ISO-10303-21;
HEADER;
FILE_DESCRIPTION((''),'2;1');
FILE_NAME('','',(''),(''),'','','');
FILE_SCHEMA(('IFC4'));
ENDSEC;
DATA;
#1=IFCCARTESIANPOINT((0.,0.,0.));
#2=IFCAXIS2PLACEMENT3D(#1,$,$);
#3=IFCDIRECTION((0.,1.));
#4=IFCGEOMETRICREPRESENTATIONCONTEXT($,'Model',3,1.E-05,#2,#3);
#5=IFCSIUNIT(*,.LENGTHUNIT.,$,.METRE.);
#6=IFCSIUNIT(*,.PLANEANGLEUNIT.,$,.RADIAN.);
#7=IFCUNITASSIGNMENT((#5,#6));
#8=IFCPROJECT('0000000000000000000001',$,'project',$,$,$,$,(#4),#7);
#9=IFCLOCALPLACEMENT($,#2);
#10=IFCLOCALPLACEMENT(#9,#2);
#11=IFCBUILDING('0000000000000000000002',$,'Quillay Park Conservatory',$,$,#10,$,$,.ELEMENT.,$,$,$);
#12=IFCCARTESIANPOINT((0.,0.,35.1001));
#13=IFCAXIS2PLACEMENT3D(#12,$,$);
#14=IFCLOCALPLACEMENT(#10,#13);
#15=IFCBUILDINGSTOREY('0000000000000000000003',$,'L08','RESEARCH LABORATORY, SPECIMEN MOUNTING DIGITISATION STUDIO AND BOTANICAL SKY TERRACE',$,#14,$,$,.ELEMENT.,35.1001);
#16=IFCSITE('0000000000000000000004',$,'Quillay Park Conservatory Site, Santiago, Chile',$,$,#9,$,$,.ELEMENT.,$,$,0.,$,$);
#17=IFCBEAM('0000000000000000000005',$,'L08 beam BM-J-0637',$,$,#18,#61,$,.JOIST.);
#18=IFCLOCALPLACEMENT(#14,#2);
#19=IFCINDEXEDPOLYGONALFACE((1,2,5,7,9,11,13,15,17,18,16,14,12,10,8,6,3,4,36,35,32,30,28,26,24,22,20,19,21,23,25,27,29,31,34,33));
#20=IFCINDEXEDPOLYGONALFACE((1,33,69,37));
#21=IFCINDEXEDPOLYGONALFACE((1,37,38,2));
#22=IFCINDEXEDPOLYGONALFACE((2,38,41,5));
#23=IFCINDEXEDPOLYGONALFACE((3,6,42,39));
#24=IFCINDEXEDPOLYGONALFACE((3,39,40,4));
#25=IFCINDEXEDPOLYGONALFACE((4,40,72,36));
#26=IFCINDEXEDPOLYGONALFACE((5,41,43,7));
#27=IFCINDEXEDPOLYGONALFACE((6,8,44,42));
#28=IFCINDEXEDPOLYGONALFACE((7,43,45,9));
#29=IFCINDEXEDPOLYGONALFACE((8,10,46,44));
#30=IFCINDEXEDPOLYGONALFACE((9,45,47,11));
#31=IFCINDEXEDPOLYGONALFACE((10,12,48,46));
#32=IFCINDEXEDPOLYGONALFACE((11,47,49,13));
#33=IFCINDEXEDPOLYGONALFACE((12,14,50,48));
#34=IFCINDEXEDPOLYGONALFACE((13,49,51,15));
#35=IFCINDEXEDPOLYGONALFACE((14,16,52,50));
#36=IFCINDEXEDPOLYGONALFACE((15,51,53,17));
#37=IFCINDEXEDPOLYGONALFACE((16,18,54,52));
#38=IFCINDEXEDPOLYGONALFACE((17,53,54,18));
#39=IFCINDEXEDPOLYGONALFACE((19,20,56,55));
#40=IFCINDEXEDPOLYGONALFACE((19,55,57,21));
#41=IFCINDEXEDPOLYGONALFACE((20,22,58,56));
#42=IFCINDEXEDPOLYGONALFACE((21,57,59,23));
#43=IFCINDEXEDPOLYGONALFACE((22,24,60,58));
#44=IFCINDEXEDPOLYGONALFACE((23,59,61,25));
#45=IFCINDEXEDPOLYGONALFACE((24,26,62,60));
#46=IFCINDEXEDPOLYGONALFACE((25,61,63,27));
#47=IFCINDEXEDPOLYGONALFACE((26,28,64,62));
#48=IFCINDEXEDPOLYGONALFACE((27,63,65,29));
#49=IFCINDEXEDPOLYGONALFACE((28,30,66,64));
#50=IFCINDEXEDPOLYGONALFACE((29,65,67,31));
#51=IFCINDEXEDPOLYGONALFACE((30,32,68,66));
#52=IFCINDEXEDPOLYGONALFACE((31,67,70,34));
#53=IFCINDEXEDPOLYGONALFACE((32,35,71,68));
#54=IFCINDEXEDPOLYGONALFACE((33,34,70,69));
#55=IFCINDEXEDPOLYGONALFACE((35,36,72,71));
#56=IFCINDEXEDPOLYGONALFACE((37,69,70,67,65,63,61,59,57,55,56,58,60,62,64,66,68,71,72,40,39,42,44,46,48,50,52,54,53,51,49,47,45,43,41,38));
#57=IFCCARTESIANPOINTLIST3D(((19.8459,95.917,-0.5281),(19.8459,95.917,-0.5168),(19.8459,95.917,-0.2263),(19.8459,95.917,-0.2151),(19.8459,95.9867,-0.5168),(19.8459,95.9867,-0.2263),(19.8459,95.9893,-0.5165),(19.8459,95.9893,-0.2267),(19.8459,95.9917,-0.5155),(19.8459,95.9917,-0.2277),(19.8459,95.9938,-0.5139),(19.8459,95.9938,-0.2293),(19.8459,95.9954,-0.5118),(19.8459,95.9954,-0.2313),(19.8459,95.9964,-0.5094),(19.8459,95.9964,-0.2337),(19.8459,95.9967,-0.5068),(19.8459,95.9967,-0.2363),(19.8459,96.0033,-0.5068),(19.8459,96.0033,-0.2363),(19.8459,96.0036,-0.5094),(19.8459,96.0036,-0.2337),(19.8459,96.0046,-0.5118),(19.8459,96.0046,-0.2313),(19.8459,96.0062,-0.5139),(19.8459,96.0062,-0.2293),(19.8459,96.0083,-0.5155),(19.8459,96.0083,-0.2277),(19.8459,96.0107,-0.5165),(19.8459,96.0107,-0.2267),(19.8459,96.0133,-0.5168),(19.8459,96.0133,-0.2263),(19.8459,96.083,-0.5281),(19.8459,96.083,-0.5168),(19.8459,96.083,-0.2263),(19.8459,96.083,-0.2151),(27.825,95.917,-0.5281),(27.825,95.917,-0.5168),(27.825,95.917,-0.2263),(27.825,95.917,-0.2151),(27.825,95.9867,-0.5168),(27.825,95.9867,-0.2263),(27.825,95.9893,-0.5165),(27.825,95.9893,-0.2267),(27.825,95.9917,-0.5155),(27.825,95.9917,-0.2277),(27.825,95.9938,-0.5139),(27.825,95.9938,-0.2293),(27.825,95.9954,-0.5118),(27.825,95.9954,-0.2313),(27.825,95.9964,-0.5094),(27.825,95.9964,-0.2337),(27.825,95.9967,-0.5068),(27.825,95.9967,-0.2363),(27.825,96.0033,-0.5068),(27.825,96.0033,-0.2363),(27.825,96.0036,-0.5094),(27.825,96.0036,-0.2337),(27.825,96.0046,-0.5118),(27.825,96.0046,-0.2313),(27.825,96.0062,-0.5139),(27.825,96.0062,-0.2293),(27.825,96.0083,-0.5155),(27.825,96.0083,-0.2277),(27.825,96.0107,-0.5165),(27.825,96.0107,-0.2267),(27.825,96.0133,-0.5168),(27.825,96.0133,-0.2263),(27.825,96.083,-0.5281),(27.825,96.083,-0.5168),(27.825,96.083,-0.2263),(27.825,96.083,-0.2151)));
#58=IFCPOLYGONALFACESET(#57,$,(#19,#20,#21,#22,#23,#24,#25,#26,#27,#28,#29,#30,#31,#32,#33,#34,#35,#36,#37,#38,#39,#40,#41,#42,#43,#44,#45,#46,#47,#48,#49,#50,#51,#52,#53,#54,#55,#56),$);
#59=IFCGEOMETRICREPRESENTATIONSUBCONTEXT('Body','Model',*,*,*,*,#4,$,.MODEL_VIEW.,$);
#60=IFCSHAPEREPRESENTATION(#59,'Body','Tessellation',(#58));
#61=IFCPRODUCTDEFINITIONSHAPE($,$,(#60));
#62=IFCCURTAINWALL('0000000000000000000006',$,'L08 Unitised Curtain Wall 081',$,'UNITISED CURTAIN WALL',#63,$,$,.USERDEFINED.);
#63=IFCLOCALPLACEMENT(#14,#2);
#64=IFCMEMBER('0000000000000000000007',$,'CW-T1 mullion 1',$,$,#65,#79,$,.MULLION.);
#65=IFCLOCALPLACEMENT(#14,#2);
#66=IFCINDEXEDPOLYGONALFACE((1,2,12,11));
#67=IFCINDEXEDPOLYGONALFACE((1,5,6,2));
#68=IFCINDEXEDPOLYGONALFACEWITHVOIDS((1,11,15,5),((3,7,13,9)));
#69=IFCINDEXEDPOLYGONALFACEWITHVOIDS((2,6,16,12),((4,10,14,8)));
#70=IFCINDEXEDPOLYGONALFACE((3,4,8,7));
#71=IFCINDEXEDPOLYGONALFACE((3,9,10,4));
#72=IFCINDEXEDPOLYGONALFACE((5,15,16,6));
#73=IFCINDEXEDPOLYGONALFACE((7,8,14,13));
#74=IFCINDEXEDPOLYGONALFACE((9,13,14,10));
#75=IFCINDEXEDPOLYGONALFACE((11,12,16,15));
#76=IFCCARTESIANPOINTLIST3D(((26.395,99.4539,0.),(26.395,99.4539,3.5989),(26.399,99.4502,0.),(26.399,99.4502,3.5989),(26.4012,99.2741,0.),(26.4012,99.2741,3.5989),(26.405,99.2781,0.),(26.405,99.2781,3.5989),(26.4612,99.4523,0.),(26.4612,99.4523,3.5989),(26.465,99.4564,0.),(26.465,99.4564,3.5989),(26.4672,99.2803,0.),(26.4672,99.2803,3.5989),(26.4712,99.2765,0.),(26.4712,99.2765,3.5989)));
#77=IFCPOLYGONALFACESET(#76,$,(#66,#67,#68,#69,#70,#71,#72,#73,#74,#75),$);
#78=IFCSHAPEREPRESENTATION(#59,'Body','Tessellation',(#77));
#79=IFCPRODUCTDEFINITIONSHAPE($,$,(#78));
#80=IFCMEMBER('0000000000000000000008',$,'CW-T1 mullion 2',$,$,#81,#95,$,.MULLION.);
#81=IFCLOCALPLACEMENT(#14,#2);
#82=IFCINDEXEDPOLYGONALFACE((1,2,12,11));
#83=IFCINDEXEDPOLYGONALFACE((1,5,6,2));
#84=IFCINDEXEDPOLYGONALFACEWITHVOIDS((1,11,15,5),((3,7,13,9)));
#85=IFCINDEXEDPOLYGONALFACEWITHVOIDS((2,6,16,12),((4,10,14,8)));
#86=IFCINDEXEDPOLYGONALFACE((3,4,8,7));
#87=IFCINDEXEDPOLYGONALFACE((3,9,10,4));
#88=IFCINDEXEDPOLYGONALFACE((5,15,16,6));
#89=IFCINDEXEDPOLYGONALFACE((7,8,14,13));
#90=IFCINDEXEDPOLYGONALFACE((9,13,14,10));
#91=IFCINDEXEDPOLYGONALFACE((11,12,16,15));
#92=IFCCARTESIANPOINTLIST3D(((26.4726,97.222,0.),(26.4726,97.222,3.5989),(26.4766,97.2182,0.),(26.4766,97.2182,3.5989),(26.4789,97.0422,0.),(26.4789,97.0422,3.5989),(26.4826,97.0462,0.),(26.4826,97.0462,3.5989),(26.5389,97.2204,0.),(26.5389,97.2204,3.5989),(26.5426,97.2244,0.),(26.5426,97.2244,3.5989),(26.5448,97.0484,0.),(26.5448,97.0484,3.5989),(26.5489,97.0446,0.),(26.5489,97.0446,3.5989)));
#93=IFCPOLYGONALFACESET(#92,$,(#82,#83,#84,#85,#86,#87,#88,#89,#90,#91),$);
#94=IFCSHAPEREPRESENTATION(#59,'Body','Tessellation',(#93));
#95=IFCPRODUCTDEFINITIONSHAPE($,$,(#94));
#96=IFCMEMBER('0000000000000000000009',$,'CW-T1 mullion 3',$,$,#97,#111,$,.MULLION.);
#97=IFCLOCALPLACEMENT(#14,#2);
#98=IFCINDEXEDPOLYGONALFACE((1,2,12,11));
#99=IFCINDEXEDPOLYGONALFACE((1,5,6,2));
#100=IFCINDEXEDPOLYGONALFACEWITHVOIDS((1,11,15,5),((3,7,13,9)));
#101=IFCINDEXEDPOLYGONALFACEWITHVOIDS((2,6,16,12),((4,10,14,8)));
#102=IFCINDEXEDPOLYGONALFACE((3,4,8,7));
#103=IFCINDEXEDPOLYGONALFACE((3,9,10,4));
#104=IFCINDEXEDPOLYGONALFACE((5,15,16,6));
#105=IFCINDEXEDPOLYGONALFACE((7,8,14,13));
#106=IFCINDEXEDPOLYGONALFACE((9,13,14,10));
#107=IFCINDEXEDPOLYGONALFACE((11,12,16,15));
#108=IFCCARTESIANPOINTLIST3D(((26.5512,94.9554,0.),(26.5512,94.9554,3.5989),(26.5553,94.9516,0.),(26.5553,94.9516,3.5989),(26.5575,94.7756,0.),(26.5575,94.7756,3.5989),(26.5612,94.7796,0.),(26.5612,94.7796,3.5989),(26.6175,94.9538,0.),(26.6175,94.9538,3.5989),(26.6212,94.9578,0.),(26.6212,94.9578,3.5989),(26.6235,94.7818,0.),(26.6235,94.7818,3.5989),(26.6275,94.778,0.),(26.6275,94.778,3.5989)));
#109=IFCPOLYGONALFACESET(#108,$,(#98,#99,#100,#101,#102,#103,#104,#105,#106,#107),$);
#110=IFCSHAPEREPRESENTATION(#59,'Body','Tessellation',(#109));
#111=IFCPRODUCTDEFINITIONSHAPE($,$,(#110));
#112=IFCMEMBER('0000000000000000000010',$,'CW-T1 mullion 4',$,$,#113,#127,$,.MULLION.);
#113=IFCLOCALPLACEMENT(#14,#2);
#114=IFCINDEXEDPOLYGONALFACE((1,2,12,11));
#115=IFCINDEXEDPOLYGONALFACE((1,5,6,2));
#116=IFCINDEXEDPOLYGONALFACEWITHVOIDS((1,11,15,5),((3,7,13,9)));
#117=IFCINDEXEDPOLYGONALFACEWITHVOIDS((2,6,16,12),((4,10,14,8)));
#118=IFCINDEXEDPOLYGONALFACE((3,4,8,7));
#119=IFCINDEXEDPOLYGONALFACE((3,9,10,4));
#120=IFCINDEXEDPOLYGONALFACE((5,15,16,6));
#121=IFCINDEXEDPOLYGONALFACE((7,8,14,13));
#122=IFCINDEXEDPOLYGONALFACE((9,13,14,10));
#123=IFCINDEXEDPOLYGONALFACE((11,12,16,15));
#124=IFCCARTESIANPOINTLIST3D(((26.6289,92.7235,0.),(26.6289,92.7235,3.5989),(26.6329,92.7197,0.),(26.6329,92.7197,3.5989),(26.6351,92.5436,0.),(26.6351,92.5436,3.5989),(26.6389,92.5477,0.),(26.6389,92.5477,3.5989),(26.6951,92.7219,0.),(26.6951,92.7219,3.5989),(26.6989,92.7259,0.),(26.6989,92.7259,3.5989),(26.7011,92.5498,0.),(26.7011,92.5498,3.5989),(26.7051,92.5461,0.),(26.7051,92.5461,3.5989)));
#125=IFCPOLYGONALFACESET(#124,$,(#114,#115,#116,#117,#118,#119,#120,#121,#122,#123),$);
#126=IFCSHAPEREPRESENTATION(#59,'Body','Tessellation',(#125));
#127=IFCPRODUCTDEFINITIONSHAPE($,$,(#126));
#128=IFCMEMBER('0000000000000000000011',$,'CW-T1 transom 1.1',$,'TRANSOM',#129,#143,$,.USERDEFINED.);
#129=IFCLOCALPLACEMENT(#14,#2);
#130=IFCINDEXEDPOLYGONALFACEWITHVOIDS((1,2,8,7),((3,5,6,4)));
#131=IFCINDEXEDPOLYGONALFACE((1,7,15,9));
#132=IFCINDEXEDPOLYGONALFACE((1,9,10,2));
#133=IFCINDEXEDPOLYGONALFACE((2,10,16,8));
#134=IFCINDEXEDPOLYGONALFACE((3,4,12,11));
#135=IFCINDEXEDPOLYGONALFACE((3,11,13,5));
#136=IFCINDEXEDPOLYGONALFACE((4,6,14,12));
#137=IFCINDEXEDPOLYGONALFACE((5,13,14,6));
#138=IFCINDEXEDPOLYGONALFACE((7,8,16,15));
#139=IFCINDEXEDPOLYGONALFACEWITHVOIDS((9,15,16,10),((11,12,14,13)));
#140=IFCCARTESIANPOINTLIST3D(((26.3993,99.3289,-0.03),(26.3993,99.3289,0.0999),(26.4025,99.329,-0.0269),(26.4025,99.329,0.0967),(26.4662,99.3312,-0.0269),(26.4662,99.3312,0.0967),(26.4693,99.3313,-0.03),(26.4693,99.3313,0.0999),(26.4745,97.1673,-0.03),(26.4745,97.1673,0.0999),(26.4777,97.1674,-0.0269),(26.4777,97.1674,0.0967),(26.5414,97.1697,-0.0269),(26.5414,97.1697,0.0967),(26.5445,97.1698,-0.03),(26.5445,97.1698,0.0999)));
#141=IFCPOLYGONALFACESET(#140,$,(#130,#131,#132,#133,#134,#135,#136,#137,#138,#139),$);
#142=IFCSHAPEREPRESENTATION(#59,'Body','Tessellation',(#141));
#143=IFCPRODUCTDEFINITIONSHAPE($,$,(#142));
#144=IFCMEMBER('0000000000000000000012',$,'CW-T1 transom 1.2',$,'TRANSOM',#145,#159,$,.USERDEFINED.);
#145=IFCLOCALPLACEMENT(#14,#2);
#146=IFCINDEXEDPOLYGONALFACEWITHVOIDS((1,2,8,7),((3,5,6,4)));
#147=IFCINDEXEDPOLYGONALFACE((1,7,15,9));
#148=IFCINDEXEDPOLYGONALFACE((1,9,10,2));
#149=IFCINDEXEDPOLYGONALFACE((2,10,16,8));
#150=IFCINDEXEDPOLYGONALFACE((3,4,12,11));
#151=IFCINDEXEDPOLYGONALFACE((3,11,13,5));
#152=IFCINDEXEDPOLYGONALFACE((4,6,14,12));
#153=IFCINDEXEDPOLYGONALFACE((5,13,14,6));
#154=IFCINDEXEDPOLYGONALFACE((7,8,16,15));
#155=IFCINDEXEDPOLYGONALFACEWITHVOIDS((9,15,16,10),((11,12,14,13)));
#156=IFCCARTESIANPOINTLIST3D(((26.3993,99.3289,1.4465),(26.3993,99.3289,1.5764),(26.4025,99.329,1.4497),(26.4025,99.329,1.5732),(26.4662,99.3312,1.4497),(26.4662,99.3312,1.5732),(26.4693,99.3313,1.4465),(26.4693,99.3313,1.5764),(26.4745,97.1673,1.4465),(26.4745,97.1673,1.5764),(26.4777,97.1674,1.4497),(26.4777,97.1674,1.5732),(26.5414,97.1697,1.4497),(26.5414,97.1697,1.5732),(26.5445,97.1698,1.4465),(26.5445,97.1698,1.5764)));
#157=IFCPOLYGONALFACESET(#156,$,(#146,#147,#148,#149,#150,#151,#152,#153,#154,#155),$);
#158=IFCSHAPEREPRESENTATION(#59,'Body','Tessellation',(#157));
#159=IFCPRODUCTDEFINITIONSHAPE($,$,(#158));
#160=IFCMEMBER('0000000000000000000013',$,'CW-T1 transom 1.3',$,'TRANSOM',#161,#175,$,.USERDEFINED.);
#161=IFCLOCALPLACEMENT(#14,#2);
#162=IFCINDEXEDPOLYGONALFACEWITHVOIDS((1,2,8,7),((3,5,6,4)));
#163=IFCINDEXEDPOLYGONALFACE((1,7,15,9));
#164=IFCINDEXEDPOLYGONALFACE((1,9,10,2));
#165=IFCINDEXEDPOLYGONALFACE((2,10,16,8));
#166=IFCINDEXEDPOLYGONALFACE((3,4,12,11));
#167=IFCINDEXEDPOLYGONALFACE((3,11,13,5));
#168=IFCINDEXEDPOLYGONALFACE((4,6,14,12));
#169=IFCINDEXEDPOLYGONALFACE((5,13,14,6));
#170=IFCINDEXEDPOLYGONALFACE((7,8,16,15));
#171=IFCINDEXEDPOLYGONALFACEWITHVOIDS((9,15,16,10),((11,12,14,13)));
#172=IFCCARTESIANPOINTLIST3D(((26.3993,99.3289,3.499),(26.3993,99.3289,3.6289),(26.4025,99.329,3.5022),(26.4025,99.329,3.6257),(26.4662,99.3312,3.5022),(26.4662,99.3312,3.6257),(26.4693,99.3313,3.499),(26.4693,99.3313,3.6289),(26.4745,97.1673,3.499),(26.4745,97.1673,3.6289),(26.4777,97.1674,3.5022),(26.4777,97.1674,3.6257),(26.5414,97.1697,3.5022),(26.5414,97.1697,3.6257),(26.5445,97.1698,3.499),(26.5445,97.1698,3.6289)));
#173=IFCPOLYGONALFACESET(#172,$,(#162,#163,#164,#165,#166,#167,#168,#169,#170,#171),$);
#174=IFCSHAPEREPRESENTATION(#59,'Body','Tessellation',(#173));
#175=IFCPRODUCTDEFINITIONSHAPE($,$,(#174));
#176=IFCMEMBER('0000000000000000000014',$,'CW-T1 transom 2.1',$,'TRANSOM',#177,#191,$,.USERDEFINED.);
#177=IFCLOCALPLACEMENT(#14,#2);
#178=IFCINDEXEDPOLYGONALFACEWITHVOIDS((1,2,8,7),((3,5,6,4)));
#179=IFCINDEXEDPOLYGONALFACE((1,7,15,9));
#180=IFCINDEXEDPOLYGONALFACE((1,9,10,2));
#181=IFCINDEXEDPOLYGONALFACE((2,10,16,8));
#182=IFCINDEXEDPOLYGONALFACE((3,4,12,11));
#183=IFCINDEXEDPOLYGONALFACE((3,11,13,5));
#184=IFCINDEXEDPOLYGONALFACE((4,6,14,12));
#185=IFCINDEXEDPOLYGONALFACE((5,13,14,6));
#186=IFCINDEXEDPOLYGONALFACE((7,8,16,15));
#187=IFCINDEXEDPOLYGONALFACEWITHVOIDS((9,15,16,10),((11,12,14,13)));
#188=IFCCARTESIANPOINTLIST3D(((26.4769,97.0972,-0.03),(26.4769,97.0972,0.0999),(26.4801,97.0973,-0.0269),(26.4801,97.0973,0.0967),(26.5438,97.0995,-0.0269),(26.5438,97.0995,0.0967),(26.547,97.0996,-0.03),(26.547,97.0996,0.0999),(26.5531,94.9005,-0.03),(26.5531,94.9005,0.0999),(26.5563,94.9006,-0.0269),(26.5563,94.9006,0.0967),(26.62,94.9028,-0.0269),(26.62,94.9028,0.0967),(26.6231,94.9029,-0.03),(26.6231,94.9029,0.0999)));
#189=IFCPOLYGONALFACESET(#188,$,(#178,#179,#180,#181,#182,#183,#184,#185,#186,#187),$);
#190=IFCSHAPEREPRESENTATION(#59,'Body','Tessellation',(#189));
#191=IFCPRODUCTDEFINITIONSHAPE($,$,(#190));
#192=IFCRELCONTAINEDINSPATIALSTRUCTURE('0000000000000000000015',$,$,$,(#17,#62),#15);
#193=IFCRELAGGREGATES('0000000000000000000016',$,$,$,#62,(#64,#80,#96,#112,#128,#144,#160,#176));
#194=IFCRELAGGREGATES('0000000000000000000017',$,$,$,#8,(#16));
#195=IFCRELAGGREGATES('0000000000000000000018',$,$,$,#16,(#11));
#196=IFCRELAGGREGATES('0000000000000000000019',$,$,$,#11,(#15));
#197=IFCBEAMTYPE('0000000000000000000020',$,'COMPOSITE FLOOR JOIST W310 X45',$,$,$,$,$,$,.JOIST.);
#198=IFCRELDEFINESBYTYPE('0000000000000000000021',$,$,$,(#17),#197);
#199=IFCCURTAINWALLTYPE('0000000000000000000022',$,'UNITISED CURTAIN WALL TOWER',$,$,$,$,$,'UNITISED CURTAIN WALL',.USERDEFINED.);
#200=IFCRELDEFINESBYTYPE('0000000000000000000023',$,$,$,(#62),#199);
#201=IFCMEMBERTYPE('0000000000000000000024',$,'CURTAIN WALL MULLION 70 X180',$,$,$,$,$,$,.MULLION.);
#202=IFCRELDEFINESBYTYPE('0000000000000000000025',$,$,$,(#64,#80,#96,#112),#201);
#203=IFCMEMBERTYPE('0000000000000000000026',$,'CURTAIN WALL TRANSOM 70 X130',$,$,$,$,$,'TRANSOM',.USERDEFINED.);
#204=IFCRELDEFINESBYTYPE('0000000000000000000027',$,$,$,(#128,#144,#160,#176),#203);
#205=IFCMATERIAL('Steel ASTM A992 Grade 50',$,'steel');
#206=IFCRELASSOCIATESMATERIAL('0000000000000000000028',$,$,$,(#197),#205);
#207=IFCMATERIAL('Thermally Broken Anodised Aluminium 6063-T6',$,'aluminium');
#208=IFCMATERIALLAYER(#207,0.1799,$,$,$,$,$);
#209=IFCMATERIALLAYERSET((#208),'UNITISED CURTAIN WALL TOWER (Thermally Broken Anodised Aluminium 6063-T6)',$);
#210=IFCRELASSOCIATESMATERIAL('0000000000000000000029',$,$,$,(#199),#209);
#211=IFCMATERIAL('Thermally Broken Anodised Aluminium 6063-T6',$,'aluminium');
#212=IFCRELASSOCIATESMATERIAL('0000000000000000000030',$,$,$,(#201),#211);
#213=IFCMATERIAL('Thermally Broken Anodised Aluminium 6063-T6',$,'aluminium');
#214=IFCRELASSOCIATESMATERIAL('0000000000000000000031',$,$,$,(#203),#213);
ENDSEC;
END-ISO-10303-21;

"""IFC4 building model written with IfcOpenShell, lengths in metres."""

from ifc_helpers import new_model, si_unit, direction, frame, origin, origin_2d, place, context, subcontext, project, spatial, hollow_rectangle, i_section, extrude, material, layer, layer_set, material_profile, profile_set, type_object, element, aggregate, save


model = new_model("IFC4")

# Units and contexts
model_context = context("Model", 3, precision=1e-05, world=origin(), true_north=direction((0.0, 1.0)))
body_context = subcontext(model_context, "Body", "Model", "MODEL_VIEW")
ifc_project = project(units=[si_unit("LENGTHUNIT", "METRE"), si_unit("PLANEANGLEUNIT", "RADIAN")], contexts=[model_context])

# Site, building, storey
site_placement = place(None, origin())
site = spatial("IfcSite", under=ifc_project, at=site_placement, Name="Quillay Park Conservatory Site, Santiago, Chile", CompositionType="ELEMENT", RefElevation=0.0)
building_placement = place(site_placement, origin())
building = spatial("IfcBuilding", under=site, at=building_placement, Name="Quillay Park Conservatory", CompositionType="ELEMENT")
storey_placement = place(building_placement, frame((0.0, 0.0, 35.1001)))
storey = spatial("IfcBuildingStorey", under=building, at=storey_placement, Name="L08", Description="RESEARCH LABORATORY, SPECIMEN MOUNTING DIGITISATION STUDIO AND BOTANICAL SKY TERRACE", CompositionType="ELEMENT", Elevation=35.1001)

# Beam
ifc_material_1 = material(Name="Steel ASTM A992 Grade 50", Category="steel")
ifc_material_profile_1 = material_profile(ifc_material_1, i_section(OverallWidth=0.166, OverallDepth=0.313, WebThickness=0.0066, FlangeThickness=0.0112, FilletRadius=0.01, at=origin_2d()), Name="W310x45")
ifc_profile_set_1 = profile_set([ifc_material_profile_1], Name="Steel ASTM A992 Grade 50")
beam_type_1 = type_object("IfcBeamType", Name="COMPOSITE FLOOR JOIST W310 X45", PredefinedType="JOIST", material=ifc_profile_set_1)
beam_1_placement = place(storey_placement, frame((19.8459, 96.0, -0.3716), z_axis=(1.0, 0.0, 0.0), x_axis=(0.0, 1.0, 0.0)))
element("IfcBeam", 1, at=beam_1_placement, inside=storey, type_object=beam_type_1, Name="L08 beam BM-J-0637", PredefinedType="JOIST", context=body_context, shape_type="SweptSolid", body=[
    extrude(i_section(OverallWidth=0.166, OverallDepth=0.313, WebThickness=0.0066, FlangeThickness=0.0112, FilletRadius=0.01, at=origin_2d()), origin(), (0.0, 0.0, 1.0), 7.979),
])

# Curtain wall, members
ifc_material_2 = material(Name="Thermally Broken Anodised Aluminium 6063-T6", Category="aluminium")
ifc_layer_1 = layer(ifc_material_2, 0.1799)
ifc_layer_set_1 = layer_set([ifc_layer_1], Name="UNITISED CURTAIN WALL TOWER (Thermally Broken Anodised Aluminium 6063-T6)")
curtain_wall_type = type_object("IfcCurtainWallType", Name="UNITISED CURTAIN WALL TOWER", ElementType="UNITISED CURTAIN WALL", PredefinedType="USERDEFINED", material=ifc_layer_set_1)
curtain_wall_placement = place(storey_placement, origin())
curtain_wall = element("IfcCurtainWall", 2, at=curtain_wall_placement, inside=storey, type_object=curtain_wall_type, Name="L08 Unitised Curtain Wall 081", ObjectType="UNITISED CURTAIN WALL", PredefinedType="USERDEFINED")
ifc_material_3 = material(Name="Thermally Broken Anodised Aluminium 6063-T6", Category="aluminium")
ifc_material_profile_2 = material_profile(ifc_material_3, hollow_rectangle(XDim=0.0701, YDim=0.1799, WallThickness=0.0039, at=origin_2d()), Name="AL70x180x4")
ifc_profile_set_2 = profile_set([ifc_material_profile_2], Name="Thermally Broken Anodised Aluminium 6063-T6")
member_type_1 = type_object("IfcMemberType", Name="CURTAIN WALL MULLION 70 X180", PredefinedType="MULLION", material=ifc_profile_set_2)
member_1_placement = place(storey_placement, frame((26.4331, 99.3652, 0.0), z_axis=(0.0, 0.0, 1.0), x_axis=(0.999397, 0.034713, 0.0)))
member_1 = element("IfcMember", 3, at=member_1_placement, type_object=member_type_1, Name="CW-T1 mullion 1", PredefinedType="MULLION", context=body_context, shape_type="SweptSolid", body=[
    extrude(hollow_rectangle(XDim=0.0701, YDim=0.1799, WallThickness=0.0039, at=origin_2d()), origin(), (0.0, 0.0, 1.0), 3.5989),
])
member_2_placement = place(storey_placement, frame((26.5107, 97.1333, 0.0), z_axis=(0.0, 0.0, 1.0), x_axis=(0.999397, 0.034713, 0.0)))
member_2 = element("IfcMember", 4, at=member_2_placement, type_object=member_type_1, Name="CW-T1 mullion 2", PredefinedType="MULLION", context=body_context, shape_type="SweptSolid", body=[
    extrude(hollow_rectangle(XDim=0.0701, YDim=0.1799, WallThickness=0.0039, at=origin_2d()), origin(), (0.0, 0.0, 1.0), 3.5989),
])
member_3_placement = place(storey_placement, frame((26.5894, 94.8667, 0.0), z_axis=(0.0, 0.0, 1.0), x_axis=(0.999397, 0.034713, 0.0)))
member_3 = element("IfcMember", 5, at=member_3_placement, type_object=member_type_1, Name="CW-T1 mullion 3", PredefinedType="MULLION", context=body_context, shape_type="SweptSolid", body=[
    extrude(hollow_rectangle(XDim=0.0701, YDim=0.1799, WallThickness=0.0039, at=origin_2d()), origin(), (0.0, 0.0, 1.0), 3.5989),
])
member_4_placement = place(storey_placement, frame((26.667, 92.6348, 0.0), z_axis=(0.0, 0.0, 1.0), x_axis=(0.999397, 0.034713, 0.0)))
member_4 = element("IfcMember", 6, at=member_4_placement, type_object=member_type_1, Name="CW-T1 mullion 4", PredefinedType="MULLION", context=body_context, shape_type="SweptSolid", body=[
    extrude(hollow_rectangle(XDim=0.0701, YDim=0.1799, WallThickness=0.0039, at=origin_2d()), origin(), (0.0, 0.0, 1.0), 3.5989),
])
ifc_material_4 = material(Name="Thermally Broken Anodised Aluminium 6063-T6", Category="aluminium")
ifc_material_profile_3 = material_profile(ifc_material_4, hollow_rectangle(XDim=0.0701, YDim=0.1299, WallThickness=0.0032, at=origin_2d()), Name="AL70x130x3.2")
ifc_profile_set_3 = profile_set([ifc_material_profile_3], Name="Thermally Broken Anodised Aluminium 6063-T6")
member_type_2 = type_object("IfcMemberType", Name="CURTAIN WALL TRANSOM 70 X130", ElementType="TRANSOM", PredefinedType="USERDEFINED", material=ifc_profile_set_3)
member_5_placement = place(storey_placement, frame((26.4343, 99.3301, 0.0349), z_axis=(0.034766, -0.999395, 0.0), x_axis=(0.999395, 0.034766, 0.0)))
member_5 = element("IfcMember", 7, at=member_5_placement, type_object=member_type_2, Name="CW-T1 transom 1.1", ObjectType="TRANSOM", PredefinedType="USERDEFINED", context=body_context, shape_type="SweptSolid", body=[
    extrude(hollow_rectangle(XDim=0.0701, YDim=0.1299, WallThickness=0.0032, at=origin_2d()), origin(), (0.0, 0.0, 1.0), 2.1628),
])
member_6_placement = place(storey_placement, frame((26.4343, 99.3301, 1.5115), z_axis=(0.034766, -0.999395, 0.0), x_axis=(0.999395, 0.034766, 0.0)))
member_6 = element("IfcMember", 8, at=member_6_placement, type_object=member_type_2, Name="CW-T1 transom 1.2", ObjectType="TRANSOM", PredefinedType="USERDEFINED", context=body_context, shape_type="SweptSolid", body=[
    extrude(hollow_rectangle(XDim=0.0701, YDim=0.1299, WallThickness=0.0032, at=origin_2d()), origin(), (0.0, 0.0, 1.0), 2.1628),
])
member_7_placement = place(storey_placement, frame((26.4343, 99.3301, 3.564), z_axis=(0.034766, -0.999395, 0.0), x_axis=(0.999395, 0.034766, 0.0)))
member_7 = element("IfcMember", 9, at=member_7_placement, type_object=member_type_2, Name="CW-T1 transom 1.3", ObjectType="TRANSOM", PredefinedType="USERDEFINED", context=body_context, shape_type="SweptSolid", body=[
    extrude(hollow_rectangle(XDim=0.0701, YDim=0.1299, WallThickness=0.0032, at=origin_2d()), origin(), (0.0, 0.0, 1.0), 2.1628),
])
member_8_placement = place(storey_placement, frame((26.512, 97.0984, 0.0349), z_axis=(0.034654, -0.999399, 0.0), x_axis=(0.999399, 0.034654, 0.0)))
member_8 = element("IfcMember", 10, at=member_8_placement, type_object=member_type_2, Name="CW-T1 transom 2.1", ObjectType="TRANSOM", PredefinedType="USERDEFINED", context=body_context, shape_type="SweptSolid", body=[
    extrude(hollow_rectangle(XDim=0.0701, YDim=0.1299, WallThickness=0.0032, at=origin_2d()), origin(), (0.0, 0.0, 1.0), 2.198),
])

aggregate(curtain_wall, [member_1, member_2, member_3, member_4, member_5, member_6, member_7, member_8])

save(model, "model.ifc")
